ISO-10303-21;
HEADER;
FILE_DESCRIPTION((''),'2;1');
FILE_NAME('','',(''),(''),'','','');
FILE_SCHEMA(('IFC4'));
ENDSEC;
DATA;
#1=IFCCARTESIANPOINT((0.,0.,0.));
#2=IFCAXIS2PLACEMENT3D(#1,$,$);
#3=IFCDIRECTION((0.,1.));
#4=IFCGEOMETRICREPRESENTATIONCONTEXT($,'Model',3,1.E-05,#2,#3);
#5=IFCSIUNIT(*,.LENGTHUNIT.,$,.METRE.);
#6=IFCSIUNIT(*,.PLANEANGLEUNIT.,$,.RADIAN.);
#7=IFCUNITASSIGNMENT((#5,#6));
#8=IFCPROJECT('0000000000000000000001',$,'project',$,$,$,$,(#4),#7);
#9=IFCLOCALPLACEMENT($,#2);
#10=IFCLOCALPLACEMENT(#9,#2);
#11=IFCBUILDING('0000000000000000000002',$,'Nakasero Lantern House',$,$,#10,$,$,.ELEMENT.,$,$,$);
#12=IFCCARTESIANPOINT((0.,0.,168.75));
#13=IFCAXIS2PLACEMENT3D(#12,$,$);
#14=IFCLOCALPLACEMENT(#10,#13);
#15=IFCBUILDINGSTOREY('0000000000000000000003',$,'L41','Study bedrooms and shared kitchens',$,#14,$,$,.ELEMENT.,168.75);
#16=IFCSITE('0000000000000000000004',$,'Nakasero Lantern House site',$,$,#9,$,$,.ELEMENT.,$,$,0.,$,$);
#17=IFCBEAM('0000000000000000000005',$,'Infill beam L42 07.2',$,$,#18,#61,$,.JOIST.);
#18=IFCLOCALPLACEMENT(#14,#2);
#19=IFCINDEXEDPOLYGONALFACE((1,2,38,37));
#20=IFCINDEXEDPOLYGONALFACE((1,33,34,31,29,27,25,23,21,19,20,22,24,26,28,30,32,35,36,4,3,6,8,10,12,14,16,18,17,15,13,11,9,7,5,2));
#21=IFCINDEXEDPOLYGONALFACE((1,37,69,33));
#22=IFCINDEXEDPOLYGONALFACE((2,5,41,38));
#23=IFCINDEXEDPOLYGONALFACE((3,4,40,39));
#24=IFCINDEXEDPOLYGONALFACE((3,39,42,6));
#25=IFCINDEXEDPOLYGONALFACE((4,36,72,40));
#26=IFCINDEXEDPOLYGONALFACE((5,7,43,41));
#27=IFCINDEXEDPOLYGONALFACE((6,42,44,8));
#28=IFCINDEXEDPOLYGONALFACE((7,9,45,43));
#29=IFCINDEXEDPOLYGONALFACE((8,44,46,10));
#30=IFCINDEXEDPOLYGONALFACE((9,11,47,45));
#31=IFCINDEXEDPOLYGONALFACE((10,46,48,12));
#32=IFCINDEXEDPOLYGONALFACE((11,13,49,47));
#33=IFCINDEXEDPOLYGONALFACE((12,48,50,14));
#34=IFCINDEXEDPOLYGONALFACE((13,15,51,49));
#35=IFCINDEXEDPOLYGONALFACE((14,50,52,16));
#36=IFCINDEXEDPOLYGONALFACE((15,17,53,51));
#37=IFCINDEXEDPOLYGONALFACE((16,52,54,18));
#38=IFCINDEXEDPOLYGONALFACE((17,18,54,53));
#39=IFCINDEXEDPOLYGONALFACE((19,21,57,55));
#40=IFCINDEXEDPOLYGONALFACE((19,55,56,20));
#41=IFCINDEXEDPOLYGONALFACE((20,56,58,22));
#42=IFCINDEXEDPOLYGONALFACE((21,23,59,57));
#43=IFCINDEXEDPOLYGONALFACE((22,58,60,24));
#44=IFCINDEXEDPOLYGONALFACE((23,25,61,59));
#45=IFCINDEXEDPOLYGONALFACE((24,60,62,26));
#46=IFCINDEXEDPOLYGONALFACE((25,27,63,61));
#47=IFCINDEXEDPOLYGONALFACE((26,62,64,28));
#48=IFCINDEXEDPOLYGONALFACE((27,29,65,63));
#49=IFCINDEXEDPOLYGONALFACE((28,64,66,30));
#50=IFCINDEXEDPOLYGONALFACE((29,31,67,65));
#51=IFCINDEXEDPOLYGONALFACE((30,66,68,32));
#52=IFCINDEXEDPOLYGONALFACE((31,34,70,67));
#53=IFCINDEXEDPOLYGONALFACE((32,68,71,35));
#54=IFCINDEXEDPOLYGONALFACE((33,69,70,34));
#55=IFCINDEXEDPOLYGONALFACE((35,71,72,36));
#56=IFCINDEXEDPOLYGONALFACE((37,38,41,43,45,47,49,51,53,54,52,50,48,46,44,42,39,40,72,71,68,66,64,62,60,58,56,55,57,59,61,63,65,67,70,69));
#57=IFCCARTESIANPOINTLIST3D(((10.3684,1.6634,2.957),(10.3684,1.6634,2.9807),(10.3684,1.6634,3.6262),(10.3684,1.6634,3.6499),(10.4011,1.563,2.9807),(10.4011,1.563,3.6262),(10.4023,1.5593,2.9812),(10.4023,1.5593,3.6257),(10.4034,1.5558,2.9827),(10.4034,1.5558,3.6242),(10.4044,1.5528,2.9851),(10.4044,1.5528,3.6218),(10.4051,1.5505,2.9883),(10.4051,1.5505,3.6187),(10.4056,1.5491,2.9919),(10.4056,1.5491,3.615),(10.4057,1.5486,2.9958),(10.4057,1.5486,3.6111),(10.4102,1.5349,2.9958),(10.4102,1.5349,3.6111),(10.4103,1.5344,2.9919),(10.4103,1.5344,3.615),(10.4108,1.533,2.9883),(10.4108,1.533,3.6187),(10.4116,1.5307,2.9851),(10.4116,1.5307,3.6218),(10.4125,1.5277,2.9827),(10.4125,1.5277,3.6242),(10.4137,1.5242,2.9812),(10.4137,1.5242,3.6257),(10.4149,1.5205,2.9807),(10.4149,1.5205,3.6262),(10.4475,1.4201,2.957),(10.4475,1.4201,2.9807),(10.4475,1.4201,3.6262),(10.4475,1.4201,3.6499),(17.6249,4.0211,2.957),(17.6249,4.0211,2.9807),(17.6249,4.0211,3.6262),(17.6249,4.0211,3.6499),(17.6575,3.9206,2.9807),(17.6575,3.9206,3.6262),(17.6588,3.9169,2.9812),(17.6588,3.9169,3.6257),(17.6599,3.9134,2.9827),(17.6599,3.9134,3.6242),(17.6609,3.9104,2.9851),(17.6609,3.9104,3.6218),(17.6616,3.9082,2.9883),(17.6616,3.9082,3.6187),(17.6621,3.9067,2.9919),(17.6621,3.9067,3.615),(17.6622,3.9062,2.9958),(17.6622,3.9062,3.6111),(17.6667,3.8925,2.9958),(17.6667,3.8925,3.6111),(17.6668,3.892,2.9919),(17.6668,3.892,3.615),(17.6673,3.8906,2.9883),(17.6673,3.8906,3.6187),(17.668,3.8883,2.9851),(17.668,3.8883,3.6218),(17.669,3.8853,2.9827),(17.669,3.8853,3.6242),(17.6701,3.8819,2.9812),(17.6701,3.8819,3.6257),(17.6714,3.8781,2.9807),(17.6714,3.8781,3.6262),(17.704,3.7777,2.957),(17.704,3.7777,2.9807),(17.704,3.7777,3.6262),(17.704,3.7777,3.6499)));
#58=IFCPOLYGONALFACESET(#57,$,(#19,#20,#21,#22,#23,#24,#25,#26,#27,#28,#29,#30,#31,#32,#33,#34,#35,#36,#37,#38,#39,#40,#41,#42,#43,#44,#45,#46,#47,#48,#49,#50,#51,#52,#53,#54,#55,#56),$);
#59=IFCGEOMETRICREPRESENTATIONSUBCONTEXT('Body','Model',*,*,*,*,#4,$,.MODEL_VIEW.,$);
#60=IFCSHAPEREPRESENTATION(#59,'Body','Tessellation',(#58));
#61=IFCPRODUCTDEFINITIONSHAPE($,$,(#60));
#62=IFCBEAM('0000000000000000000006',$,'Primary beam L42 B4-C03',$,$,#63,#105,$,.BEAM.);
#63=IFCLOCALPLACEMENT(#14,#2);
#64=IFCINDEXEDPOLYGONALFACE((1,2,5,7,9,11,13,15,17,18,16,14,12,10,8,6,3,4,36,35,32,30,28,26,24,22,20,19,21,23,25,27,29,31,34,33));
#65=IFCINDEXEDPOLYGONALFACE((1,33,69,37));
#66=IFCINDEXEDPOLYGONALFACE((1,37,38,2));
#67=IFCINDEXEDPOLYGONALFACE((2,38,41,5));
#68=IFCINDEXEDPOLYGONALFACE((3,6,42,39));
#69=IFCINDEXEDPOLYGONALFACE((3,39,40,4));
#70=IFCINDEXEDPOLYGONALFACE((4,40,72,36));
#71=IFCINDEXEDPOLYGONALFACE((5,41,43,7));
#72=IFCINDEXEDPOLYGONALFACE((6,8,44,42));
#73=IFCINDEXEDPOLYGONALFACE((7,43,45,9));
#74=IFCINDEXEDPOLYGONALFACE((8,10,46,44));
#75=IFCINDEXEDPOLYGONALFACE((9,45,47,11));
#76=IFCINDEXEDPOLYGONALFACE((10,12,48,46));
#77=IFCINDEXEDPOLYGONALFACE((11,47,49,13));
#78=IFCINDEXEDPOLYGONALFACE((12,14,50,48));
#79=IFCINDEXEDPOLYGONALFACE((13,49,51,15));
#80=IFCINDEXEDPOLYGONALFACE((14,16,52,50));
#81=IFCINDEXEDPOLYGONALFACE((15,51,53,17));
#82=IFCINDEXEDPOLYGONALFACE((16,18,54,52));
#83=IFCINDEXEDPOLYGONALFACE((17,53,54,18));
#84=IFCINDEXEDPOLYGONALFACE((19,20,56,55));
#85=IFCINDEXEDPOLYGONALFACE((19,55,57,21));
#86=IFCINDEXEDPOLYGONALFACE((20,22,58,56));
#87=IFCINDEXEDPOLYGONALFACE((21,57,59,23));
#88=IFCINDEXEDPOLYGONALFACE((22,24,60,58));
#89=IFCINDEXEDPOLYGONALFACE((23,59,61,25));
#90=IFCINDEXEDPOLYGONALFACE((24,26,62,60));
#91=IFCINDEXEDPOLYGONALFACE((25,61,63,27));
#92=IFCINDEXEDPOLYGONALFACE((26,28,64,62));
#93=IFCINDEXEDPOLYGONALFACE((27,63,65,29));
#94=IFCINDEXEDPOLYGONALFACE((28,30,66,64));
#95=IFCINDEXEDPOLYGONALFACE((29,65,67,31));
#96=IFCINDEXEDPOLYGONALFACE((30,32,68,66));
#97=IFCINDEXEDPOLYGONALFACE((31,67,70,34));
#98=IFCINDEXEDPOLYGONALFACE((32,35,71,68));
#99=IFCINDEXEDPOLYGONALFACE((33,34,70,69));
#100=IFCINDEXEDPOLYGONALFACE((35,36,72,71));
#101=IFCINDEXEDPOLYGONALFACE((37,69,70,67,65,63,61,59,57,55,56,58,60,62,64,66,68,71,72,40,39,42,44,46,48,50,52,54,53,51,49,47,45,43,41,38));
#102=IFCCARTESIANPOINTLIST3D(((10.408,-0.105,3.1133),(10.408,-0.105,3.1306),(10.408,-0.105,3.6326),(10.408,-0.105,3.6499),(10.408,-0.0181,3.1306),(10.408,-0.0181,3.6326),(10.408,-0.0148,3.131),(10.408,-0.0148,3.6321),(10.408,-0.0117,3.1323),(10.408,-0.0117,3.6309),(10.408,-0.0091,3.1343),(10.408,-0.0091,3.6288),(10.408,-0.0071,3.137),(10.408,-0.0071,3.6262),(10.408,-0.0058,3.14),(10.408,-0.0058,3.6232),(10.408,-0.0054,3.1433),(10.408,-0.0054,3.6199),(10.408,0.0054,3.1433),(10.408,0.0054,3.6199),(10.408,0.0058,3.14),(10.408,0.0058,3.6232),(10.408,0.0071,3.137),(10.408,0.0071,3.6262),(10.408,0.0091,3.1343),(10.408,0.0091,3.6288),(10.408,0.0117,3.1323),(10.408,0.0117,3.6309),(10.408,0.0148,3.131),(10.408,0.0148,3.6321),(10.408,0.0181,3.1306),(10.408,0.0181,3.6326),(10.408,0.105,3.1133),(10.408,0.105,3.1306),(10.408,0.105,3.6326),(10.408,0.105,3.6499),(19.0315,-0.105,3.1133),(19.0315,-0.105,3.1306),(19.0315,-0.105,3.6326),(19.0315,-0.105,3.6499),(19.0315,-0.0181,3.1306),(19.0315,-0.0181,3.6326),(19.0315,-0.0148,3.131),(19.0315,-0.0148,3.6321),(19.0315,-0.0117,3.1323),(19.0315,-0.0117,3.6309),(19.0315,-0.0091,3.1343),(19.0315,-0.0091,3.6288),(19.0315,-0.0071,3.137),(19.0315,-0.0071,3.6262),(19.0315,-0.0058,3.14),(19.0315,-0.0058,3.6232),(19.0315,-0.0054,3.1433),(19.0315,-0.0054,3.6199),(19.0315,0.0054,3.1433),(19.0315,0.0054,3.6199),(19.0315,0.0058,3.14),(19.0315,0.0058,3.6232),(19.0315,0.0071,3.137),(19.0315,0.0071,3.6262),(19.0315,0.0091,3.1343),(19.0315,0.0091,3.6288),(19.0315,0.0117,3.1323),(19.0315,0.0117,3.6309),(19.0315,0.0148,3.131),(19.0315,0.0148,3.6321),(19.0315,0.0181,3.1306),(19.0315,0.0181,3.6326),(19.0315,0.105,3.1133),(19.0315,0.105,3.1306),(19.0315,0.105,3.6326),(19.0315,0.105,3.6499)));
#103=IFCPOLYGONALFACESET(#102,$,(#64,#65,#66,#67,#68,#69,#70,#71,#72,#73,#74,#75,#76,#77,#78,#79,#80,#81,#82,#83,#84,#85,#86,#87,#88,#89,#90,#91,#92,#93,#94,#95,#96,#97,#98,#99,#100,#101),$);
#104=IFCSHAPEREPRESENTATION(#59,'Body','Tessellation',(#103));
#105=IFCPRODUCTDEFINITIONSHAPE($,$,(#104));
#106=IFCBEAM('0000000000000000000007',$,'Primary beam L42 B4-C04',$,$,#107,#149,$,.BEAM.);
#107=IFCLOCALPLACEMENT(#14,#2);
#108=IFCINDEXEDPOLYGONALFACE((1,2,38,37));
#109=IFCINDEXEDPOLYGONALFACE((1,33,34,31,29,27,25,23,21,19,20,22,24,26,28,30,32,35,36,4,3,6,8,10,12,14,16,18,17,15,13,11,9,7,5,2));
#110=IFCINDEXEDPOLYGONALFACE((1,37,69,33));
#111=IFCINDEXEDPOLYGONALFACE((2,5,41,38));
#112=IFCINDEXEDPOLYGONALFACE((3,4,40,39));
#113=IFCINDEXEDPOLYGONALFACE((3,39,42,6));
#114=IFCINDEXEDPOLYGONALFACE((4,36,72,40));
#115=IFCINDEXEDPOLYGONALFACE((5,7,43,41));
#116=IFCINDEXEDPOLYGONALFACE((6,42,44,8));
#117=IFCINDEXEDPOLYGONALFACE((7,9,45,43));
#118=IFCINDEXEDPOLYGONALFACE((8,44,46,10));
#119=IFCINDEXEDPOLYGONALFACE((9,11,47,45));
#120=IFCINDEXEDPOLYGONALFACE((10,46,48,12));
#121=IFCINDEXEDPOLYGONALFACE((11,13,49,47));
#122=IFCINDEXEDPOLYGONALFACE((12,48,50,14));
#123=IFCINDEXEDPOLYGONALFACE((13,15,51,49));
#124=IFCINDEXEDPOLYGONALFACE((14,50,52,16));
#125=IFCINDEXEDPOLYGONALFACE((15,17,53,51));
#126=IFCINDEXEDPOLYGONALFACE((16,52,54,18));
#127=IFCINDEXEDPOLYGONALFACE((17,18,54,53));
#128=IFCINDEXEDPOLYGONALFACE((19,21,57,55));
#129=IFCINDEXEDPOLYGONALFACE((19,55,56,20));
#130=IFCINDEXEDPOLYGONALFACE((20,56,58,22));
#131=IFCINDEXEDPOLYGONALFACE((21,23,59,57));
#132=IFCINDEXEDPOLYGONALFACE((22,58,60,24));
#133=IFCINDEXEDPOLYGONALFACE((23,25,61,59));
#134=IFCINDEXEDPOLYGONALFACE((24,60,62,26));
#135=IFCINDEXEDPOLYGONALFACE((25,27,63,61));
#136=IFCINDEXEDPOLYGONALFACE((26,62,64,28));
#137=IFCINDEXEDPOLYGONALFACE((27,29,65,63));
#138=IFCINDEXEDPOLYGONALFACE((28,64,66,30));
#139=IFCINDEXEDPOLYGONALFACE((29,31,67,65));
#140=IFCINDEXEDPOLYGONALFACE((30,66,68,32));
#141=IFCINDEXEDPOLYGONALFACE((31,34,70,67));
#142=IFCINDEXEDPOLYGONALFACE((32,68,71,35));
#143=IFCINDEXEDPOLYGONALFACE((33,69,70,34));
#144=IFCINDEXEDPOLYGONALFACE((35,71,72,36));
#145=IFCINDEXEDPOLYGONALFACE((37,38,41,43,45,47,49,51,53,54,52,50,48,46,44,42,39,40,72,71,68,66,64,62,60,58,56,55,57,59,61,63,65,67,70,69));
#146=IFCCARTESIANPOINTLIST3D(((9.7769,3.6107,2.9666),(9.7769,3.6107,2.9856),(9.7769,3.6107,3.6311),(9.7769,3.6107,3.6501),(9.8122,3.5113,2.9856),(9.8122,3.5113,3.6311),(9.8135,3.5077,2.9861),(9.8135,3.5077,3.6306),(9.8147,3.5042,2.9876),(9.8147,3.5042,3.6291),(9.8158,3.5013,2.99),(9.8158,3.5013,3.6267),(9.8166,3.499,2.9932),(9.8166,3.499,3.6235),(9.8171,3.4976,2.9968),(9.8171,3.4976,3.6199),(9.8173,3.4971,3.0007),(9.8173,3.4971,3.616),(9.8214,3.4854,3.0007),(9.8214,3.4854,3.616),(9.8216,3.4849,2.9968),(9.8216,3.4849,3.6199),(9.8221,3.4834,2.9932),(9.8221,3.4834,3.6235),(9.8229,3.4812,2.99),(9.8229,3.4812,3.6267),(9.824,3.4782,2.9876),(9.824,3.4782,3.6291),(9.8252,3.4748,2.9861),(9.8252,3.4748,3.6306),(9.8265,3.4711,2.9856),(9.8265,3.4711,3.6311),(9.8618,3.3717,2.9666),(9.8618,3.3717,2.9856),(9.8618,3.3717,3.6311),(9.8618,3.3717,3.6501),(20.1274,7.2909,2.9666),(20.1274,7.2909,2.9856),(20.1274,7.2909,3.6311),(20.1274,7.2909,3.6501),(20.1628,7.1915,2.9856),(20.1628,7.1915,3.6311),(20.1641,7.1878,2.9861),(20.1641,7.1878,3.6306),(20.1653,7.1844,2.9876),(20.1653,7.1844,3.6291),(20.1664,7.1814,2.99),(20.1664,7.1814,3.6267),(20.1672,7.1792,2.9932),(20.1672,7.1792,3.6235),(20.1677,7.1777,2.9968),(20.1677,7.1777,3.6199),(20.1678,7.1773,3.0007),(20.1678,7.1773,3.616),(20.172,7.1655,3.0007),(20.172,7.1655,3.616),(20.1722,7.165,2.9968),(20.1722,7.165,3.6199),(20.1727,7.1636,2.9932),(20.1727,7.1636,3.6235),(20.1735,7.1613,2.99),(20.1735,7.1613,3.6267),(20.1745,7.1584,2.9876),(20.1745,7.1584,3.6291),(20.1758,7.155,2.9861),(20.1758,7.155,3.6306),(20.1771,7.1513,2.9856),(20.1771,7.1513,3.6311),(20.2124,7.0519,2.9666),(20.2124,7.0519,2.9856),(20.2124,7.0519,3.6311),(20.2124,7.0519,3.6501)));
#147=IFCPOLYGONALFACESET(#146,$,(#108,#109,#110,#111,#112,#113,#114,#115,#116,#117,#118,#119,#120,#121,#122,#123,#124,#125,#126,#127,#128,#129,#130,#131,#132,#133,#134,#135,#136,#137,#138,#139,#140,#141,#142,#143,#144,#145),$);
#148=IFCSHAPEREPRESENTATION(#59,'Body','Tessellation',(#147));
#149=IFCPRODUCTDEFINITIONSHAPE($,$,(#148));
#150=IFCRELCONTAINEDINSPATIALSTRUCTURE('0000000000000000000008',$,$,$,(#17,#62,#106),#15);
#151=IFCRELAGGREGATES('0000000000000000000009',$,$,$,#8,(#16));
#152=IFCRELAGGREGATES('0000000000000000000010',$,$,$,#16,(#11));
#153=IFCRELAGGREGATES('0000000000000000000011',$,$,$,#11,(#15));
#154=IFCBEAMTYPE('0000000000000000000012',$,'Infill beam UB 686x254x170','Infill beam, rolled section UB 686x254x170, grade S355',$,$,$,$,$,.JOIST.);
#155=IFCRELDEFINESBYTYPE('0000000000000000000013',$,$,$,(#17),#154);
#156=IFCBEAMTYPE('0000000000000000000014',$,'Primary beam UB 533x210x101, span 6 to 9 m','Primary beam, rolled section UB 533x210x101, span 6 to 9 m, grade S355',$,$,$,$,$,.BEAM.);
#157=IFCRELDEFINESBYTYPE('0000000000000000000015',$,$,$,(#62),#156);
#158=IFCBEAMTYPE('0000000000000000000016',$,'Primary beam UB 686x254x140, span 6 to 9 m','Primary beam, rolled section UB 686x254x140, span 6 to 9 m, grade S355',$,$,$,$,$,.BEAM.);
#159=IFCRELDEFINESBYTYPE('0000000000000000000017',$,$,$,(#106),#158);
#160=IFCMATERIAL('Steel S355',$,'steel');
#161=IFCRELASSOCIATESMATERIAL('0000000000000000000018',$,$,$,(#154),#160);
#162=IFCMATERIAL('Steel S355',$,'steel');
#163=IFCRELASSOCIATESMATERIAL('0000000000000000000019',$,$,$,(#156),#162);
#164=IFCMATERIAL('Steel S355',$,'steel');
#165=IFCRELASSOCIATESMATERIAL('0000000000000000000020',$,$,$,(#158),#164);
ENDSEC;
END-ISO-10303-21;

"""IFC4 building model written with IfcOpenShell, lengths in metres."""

from ifc_helpers import new_model, si_unit, direction, frame, origin, origin_2d, place, context, subcontext, project, spatial, i_section, extrude, material, material_profile, profile_set, type_object, element, save


model = new_model("IFC4")

# Units and contexts
model_context = context("Model", 3, precision=1e-05, world=origin(), true_north=direction((0.0, 1.0)))
body_context = subcontext(model_context, "Body", "Model", "MODEL_VIEW")
ifc_project = project(units=[si_unit("LENGTHUNIT", "METRE"), si_unit("PLANEANGLEUNIT", "RADIAN")], contexts=[model_context])

# Site, building, storey
site_placement = place(None, origin())
site = spatial("IfcSite", under=ifc_project, at=site_placement, Name="Nakasero Lantern House site", CompositionType="ELEMENT", RefElevation=0.0)
building_placement = place(site_placement, origin())
building = spatial("IfcBuilding", under=site, at=building_placement, Name="Nakasero Lantern House", CompositionType="ELEMENT")
storey_placement = place(building_placement, frame((0.0, 0.0, 168.75)))
storey = spatial("IfcBuildingStorey", under=building, at=storey_placement, Name="L41", Description="Study bedrooms and shared kitchens", CompositionType="ELEMENT", Elevation=168.75)

# Beams
ifc_material_1 = material(Name="Steel S355", Category="steel")
ifc_material_profile_1 = material_profile(ifc_material_1, i_section(OverallWidth=0.2559, OverallDepth=0.6929, WebThickness=0.0144, FlangeThickness=0.0237, FilletRadius=0.0151, at=origin_2d()), Name="UB 686x254x170")
ifc_profile_set_1 = profile_set([ifc_material_profile_1], Name="Steel S355")
beam_type_1 = type_object("IfcBeamType", Name="Infill beam UB 686x254x170", Description="Infill beam, rolled section UB 686x254x170, grade S355", PredefinedType="JOIST", material=ifc_profile_set_1)
beam_1_placement = place(storey_placement, frame((10.408, 1.5417, 3.3035), z_axis=(0.951062, 0.309, 0.0), x_axis=(-0.309, 0.951062, 0.0)))
element("IfcBeam", 1, at=beam_1_placement, inside=storey, type_object=beam_type_1, Name="Infill beam L42 07.2", PredefinedType="JOIST", context=body_context, shape_type="SweptSolid", body=[
    extrude(i_section(OverallWidth=0.2559, OverallDepth=0.6929, WebThickness=0.0144, FlangeThickness=0.0237, FilletRadius=0.0151, at=origin_2d()), origin(), (0.0, 0.0, 1.0), 7.6299),
])
ifc_material_2 = material(Name="Steel S355", Category="steel")
ifc_material_profile_2 = material_profile(ifc_material_2, i_section(OverallWidth=0.21, OverallDepth=0.5366, WebThickness=0.0107, FlangeThickness=0.0173, FilletRadius=0.0127, at=origin_2d()), Name="UB 533x210x101")
ifc_profile_set_2 = profile_set([ifc_material_profile_2], Name="Steel S355")
beam_type_2 = type_object("IfcBeamType", Name="Primary beam UB 533x210x101, span 6 to 9 m", Description="Primary beam, rolled section UB 533x210x101, span 6 to 9 m, grade S355", PredefinedType="BEAM", material=ifc_profile_set_2)
beam_2_placement = place(storey_placement, frame((19.0315, 0.0, 3.3816), z_axis=(-1.0, 0.0, 0.0), x_axis=(0.0, -1.0, 0.0)))
element("IfcBeam", 2, at=beam_2_placement, inside=storey, type_object=beam_type_2, Name="Primary beam L42 B4-C03", PredefinedType="BEAM", context=body_context, shape_type="SweptSolid", body=[
    extrude(i_section(OverallWidth=0.21, OverallDepth=0.5366, WebThickness=0.0107, FlangeThickness=0.0173, FilletRadius=0.0127, at=origin_2d()), origin(), (0.0, 0.0, 1.0), 8.6235),
])
ifc_material_3 = material(Name="Steel S355", Category="steel")
ifc_material_profile_3 = material_profile(ifc_material_3, i_section(OverallWidth=0.2537, OverallDepth=0.6836, WebThickness=0.0125, FlangeThickness=0.019, FilletRadius=0.0151, at=origin_2d()), Name="UB 686x254x140")
ifc_profile_set_3 = profile_set([ifc_material_profile_3], Name="Steel S355")
beam_type_3 = type_object("IfcBeamType", Name="Primary beam UB 686x254x140, span 6 to 9 m", Description="Primary beam, rolled section UB 686x254x140, span 6 to 9 m, grade S355", PredefinedType="BEAM", material=ifc_profile_set_3)
beam_3_placement = place(storey_placement, frame((20.1699, 7.1714, 3.3083), z_axis=(-0.942216, -0.335007, 0.0), x_axis=(0.335007, -0.942216, 0.0)))
element("IfcBeam", 3, at=beam_3_placement, inside=storey, type_object=beam_type_3, Name="Primary beam L42 B4-C04", PredefinedType="BEAM", context=body_context, shape_type="SweptSolid", body=[
    extrude(i_section(OverallWidth=0.2537, OverallDepth=0.6836, WebThickness=0.0125, FlangeThickness=0.019, FilletRadius=0.0151, at=origin_2d()), origin(), (0.0, 0.0, 1.0), 10.9854),
])

save(model, "model.ifc")
